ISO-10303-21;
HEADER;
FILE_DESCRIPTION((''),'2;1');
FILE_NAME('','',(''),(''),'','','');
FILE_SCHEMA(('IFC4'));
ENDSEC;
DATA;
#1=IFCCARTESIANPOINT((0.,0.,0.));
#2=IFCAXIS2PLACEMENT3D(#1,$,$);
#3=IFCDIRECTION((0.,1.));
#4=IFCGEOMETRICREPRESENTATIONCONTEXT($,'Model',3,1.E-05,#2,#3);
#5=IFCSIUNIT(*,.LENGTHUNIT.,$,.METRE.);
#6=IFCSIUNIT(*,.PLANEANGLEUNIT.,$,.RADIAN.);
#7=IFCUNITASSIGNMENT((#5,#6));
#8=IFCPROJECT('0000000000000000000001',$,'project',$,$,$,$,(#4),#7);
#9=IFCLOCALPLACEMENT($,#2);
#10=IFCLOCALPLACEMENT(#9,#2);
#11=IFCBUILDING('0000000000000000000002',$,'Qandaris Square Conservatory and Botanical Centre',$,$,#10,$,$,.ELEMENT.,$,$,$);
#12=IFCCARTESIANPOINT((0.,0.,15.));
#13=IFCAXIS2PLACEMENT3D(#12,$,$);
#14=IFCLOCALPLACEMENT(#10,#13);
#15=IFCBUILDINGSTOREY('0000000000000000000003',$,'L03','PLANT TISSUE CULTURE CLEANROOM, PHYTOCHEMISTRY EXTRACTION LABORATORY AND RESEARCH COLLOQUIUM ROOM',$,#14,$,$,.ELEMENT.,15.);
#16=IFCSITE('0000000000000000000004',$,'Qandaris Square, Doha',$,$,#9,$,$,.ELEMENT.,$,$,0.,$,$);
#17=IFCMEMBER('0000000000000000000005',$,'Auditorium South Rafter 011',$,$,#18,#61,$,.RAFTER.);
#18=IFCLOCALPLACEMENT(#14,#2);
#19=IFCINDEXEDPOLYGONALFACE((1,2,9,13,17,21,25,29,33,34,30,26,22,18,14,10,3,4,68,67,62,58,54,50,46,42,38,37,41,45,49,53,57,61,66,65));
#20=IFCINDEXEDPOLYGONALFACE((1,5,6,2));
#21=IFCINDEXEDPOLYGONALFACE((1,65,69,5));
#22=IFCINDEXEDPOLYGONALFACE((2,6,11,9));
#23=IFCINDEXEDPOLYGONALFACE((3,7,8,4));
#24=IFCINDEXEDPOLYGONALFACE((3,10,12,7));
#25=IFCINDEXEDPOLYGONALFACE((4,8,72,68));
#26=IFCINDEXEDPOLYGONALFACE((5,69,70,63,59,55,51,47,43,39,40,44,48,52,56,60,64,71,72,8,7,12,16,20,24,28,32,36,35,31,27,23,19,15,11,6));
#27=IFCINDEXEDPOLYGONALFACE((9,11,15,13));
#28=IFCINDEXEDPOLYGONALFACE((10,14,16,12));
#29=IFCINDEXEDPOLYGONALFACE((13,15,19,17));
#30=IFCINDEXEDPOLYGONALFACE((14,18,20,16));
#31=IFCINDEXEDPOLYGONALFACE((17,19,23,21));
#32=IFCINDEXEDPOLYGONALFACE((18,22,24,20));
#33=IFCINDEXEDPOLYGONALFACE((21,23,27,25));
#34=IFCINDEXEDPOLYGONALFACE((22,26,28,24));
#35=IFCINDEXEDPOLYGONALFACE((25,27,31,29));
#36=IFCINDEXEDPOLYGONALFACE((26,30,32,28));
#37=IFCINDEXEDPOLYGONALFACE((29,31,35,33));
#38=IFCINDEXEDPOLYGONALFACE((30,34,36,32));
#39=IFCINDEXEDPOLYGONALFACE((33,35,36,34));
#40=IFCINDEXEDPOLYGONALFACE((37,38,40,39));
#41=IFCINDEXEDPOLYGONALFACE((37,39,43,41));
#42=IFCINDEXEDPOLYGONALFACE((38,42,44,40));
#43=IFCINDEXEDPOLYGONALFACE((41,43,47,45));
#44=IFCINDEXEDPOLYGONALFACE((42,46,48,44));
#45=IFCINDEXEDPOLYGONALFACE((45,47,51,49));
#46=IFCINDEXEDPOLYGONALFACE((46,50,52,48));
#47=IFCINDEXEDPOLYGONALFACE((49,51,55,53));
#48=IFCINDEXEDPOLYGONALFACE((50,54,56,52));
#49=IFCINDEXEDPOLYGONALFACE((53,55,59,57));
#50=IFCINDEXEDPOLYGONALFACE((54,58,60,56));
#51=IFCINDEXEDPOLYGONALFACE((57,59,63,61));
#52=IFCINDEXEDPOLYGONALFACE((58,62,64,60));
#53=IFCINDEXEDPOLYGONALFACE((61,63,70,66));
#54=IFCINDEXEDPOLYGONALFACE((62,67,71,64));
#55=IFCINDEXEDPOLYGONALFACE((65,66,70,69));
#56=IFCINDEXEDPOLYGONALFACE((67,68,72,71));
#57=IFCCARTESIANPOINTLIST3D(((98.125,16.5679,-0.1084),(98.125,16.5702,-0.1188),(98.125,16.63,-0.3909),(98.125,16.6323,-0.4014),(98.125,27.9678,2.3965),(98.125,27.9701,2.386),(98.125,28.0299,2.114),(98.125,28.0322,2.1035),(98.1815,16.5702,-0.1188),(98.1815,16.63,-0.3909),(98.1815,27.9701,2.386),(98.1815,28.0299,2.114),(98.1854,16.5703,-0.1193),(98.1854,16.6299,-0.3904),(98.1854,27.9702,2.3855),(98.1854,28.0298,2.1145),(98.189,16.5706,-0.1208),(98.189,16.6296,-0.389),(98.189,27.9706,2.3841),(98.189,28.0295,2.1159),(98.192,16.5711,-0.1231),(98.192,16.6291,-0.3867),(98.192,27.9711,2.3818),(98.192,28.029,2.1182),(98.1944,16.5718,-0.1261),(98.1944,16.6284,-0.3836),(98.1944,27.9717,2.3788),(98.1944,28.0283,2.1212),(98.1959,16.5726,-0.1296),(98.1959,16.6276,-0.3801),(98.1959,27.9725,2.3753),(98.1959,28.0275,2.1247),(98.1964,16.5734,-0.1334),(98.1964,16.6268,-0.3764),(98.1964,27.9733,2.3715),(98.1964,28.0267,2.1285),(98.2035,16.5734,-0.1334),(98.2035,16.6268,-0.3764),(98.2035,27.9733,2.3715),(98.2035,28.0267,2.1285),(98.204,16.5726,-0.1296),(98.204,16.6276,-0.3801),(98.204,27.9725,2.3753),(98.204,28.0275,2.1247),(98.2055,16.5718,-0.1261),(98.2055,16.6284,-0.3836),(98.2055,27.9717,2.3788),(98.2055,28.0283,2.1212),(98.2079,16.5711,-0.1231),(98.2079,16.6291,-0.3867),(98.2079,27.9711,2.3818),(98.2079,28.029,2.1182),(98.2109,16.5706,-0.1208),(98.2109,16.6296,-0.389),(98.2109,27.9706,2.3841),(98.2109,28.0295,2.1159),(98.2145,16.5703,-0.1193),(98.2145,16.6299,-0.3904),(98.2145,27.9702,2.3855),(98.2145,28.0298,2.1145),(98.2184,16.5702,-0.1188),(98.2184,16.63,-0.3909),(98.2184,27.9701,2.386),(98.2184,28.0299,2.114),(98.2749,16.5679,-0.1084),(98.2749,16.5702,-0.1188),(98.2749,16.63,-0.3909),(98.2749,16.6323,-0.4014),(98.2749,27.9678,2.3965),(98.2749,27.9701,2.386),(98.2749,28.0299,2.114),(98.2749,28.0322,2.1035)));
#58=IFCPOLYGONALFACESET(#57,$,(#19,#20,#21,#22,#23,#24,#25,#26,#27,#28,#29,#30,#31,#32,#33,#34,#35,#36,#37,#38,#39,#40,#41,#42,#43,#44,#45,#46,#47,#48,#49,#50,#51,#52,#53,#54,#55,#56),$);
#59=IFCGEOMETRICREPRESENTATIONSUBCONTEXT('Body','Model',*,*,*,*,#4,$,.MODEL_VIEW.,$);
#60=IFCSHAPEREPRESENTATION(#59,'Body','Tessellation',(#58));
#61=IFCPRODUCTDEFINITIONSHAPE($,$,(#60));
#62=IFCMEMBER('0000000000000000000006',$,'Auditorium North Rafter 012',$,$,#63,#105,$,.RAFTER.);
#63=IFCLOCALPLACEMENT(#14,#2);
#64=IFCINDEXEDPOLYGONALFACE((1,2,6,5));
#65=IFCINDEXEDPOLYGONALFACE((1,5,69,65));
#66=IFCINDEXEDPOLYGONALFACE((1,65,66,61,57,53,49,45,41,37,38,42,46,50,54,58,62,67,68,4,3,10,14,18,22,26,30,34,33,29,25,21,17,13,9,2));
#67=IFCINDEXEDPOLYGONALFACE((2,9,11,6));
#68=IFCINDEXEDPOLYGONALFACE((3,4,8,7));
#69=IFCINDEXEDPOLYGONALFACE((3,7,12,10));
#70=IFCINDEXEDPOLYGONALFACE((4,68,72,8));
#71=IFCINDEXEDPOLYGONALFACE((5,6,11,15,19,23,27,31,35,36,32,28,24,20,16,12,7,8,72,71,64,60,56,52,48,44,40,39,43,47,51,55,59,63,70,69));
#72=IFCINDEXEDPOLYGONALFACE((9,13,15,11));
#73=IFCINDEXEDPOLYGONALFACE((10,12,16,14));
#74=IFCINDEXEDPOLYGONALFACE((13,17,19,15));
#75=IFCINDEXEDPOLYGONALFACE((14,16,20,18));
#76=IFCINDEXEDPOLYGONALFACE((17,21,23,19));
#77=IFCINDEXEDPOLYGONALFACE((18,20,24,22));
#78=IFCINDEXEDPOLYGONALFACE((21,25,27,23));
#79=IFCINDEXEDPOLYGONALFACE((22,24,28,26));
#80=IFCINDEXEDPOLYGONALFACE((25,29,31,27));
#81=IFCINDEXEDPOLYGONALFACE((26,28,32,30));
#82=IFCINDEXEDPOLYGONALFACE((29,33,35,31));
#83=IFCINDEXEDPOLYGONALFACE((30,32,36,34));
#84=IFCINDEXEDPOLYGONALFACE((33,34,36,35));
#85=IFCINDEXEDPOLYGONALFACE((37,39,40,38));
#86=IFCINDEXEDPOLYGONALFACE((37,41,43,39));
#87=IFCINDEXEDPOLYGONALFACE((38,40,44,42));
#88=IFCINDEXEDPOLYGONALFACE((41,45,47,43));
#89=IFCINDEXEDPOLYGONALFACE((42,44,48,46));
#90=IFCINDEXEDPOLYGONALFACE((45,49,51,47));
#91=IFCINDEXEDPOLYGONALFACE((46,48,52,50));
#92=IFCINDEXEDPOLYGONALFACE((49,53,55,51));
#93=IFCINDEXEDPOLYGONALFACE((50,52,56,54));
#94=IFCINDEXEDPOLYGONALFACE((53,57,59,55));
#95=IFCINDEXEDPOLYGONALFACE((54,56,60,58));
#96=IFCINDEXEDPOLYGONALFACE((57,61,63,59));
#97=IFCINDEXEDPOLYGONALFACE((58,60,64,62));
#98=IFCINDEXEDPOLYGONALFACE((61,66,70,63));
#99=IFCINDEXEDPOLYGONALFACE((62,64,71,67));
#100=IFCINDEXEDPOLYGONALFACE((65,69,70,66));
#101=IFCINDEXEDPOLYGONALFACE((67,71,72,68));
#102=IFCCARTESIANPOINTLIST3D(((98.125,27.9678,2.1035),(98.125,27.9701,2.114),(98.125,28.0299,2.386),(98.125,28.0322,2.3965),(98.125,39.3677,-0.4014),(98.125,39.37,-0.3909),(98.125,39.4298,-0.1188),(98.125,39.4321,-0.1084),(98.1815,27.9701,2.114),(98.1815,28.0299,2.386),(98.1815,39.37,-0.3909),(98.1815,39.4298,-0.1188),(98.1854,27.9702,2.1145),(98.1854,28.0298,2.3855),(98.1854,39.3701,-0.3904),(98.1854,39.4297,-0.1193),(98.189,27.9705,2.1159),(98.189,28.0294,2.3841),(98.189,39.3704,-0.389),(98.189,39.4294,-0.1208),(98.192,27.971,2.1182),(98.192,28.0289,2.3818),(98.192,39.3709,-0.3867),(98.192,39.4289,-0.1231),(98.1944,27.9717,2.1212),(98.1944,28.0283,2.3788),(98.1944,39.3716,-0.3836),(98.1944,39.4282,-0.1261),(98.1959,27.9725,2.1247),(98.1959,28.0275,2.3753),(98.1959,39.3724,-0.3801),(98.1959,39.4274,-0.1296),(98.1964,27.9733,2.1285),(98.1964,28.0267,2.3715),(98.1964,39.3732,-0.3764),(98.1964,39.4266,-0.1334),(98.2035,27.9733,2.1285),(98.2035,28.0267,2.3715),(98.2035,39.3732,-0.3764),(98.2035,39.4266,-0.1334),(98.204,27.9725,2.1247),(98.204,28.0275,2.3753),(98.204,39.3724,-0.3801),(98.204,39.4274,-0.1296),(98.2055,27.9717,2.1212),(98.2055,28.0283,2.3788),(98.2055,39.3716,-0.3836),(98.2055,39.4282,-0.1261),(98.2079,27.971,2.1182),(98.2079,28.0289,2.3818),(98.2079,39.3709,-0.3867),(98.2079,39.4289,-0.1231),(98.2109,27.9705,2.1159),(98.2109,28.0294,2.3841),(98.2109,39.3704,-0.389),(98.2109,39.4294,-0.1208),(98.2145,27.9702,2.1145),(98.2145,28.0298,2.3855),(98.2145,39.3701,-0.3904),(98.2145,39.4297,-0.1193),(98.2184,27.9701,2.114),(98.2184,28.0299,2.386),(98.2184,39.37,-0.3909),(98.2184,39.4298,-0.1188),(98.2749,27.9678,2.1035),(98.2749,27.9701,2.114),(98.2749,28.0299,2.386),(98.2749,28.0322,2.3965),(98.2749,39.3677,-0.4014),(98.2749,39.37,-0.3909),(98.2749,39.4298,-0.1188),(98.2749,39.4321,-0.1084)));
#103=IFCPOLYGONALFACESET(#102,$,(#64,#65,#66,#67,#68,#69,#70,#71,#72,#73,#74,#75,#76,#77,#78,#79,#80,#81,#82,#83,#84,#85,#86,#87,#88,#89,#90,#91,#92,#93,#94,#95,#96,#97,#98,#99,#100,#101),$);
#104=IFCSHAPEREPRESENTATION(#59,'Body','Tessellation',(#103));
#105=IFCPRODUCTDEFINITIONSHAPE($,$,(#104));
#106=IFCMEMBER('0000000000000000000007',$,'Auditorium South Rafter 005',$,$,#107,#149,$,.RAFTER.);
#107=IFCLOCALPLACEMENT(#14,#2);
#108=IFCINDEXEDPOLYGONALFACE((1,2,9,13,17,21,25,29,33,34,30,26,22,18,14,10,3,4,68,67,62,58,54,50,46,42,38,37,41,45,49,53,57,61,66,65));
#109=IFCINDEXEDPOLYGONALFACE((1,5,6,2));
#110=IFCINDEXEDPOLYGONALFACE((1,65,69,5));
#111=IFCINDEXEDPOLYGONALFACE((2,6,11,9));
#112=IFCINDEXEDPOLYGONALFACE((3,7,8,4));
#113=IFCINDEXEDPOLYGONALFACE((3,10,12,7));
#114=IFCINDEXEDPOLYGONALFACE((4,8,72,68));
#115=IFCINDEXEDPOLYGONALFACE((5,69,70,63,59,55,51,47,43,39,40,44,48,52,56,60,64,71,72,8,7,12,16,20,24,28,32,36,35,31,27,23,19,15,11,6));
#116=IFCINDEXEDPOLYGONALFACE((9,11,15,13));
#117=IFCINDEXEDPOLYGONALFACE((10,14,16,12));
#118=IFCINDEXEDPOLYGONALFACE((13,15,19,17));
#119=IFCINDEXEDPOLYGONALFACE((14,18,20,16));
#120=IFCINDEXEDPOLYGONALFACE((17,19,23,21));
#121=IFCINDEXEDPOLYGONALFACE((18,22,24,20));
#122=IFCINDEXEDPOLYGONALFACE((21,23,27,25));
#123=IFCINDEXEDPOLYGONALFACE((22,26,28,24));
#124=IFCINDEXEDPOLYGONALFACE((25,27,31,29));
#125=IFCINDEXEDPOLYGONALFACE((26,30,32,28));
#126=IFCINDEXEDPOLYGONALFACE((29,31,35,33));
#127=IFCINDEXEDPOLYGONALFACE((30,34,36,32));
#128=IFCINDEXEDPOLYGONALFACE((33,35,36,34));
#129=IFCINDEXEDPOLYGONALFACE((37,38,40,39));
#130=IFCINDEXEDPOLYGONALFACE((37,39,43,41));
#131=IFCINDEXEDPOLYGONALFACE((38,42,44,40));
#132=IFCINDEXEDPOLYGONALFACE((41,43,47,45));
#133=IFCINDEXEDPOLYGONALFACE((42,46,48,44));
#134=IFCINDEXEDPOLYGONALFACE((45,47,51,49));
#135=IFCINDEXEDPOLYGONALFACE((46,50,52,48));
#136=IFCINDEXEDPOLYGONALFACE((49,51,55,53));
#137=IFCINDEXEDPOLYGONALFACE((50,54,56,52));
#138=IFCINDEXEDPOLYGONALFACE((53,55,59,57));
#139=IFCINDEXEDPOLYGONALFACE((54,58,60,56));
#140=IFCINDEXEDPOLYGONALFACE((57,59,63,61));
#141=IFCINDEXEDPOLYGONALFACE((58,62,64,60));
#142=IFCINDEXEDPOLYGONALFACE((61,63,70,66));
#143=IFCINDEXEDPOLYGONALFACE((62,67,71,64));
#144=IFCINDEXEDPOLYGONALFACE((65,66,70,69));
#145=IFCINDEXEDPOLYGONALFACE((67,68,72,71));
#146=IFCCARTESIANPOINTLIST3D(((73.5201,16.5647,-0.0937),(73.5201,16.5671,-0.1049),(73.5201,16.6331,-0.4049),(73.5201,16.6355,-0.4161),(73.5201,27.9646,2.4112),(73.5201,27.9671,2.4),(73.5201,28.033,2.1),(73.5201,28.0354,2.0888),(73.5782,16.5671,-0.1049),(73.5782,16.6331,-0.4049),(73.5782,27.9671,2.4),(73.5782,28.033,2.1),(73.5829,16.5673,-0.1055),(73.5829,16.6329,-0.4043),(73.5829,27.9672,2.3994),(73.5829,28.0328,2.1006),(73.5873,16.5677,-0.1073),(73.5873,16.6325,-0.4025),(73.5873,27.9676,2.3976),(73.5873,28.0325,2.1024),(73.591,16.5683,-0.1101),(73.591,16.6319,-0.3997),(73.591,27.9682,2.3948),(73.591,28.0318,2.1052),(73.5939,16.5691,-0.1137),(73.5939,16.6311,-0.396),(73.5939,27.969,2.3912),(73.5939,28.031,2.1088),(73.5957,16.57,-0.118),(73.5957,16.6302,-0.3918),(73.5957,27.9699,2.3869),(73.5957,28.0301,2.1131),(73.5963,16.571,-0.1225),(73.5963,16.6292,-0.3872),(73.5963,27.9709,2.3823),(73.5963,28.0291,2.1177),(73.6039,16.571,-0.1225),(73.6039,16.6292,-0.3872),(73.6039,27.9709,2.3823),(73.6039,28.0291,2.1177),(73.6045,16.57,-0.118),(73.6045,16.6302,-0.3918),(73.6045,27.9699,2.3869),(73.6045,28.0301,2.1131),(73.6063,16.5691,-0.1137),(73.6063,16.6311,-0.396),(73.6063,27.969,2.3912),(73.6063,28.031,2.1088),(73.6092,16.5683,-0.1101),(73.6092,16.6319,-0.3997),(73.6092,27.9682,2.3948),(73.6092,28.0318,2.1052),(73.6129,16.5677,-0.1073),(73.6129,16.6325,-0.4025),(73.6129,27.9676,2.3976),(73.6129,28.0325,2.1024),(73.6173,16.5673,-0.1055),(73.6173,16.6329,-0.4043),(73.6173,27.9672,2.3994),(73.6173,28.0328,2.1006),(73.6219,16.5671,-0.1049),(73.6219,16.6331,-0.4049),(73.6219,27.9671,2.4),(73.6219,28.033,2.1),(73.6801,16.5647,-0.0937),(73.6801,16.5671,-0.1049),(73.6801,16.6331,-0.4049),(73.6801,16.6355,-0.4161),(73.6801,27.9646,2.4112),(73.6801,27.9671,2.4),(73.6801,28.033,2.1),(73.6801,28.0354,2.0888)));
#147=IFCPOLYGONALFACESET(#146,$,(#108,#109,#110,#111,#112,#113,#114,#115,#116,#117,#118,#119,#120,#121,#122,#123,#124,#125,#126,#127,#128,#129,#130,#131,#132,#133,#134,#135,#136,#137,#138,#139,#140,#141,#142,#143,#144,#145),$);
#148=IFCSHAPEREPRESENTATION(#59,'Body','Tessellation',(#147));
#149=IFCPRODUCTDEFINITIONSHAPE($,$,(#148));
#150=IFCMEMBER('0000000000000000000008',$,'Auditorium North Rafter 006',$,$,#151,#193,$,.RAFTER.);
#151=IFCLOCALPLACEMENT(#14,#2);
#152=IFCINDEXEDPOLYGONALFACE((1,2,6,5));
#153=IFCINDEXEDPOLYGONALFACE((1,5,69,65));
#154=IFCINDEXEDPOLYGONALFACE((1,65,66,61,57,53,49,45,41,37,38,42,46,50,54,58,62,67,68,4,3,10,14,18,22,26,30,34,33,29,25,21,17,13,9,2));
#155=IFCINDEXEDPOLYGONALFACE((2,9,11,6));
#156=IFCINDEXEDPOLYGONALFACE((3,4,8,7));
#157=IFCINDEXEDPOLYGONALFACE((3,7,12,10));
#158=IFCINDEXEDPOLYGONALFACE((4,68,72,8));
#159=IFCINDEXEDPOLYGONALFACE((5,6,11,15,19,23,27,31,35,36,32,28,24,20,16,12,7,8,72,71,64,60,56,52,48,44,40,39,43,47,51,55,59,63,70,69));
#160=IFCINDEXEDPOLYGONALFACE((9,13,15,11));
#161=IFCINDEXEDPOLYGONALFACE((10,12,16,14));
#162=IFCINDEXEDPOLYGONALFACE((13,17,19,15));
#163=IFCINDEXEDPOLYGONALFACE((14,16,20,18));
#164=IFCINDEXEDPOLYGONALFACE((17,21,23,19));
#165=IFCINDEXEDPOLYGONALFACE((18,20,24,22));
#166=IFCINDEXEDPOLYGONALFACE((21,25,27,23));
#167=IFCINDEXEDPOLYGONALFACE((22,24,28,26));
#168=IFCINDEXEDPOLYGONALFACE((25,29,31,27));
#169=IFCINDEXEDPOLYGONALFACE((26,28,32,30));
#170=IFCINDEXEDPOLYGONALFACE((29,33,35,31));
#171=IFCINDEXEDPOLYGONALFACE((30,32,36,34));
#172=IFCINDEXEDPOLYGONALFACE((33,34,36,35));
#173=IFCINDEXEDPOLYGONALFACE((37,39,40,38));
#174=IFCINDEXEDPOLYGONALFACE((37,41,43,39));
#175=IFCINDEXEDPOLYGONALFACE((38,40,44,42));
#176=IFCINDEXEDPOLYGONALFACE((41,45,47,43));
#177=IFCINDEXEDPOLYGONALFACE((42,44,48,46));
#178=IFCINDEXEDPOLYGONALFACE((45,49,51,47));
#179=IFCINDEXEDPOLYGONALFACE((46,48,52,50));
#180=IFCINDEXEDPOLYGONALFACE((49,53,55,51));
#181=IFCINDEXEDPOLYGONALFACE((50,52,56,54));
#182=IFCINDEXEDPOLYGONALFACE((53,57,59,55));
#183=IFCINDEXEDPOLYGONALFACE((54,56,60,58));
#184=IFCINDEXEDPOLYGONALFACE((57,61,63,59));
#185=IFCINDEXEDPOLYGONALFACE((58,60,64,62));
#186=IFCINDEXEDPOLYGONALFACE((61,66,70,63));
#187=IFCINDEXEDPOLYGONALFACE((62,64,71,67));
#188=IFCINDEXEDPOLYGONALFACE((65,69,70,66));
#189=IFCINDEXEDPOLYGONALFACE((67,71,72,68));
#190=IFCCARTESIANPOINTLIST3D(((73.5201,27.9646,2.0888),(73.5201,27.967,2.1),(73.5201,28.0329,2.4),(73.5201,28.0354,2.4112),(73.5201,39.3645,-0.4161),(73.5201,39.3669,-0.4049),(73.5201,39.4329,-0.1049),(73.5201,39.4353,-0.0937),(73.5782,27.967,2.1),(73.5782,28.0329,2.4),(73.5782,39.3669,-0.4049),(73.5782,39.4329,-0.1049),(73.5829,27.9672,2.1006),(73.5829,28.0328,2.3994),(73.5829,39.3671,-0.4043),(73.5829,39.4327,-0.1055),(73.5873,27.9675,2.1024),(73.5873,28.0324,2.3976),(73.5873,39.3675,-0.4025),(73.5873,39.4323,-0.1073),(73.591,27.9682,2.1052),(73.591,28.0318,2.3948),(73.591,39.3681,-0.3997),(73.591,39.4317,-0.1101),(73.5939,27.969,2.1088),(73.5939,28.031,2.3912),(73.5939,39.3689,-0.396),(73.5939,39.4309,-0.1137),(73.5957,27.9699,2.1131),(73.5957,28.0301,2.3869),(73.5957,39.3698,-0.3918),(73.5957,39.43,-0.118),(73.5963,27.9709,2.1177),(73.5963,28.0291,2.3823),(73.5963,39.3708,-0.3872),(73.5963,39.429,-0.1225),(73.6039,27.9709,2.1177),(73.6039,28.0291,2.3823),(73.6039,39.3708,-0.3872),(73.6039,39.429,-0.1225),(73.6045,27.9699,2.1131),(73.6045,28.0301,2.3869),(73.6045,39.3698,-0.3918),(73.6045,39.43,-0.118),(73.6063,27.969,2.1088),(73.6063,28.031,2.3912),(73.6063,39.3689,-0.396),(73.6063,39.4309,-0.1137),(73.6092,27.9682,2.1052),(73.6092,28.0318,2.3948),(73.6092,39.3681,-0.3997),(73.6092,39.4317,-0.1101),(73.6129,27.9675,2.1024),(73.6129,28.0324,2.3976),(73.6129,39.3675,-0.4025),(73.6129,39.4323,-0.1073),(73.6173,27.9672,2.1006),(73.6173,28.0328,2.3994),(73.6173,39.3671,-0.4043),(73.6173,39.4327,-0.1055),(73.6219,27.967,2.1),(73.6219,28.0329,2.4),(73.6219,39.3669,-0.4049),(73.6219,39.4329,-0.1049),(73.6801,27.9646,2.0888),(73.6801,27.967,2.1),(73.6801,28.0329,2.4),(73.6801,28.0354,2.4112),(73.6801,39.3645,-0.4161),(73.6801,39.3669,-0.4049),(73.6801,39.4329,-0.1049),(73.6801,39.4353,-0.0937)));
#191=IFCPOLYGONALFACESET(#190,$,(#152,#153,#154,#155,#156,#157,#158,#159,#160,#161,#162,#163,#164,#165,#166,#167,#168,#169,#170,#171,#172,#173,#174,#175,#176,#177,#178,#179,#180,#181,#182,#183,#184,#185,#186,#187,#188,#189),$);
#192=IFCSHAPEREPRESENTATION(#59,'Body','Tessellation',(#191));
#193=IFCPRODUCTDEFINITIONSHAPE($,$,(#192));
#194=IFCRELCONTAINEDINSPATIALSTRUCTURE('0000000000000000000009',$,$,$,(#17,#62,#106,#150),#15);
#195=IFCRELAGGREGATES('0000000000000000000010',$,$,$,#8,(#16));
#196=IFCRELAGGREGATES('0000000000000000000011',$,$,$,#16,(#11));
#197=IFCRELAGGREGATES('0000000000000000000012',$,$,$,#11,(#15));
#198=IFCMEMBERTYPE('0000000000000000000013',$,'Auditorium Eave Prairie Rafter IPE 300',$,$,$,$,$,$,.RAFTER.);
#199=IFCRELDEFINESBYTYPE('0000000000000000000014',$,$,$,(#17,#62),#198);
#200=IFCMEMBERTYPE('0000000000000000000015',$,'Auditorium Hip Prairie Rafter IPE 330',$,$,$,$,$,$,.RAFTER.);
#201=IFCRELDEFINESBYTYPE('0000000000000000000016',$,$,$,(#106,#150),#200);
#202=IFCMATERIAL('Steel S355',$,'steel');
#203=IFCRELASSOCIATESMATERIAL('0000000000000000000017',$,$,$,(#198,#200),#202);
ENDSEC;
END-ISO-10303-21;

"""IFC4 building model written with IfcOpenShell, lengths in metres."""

from ifc_helpers import new_model, si_unit, direction, frame, origin, origin_2d, place, context, subcontext, project, spatial, i_section, extrude, material, material_profile, profile_set, type_object, element, save


model = new_model("IFC4")

# Units and contexts
model_context = context("Model", 3, precision=1e-05, world=origin(), true_north=direction((0.0, 1.0)))
body_context = subcontext(model_context, "Body", "Model", "MODEL_VIEW")
ifc_project = project(units=[si_unit("LENGTHUNIT", "METRE"), si_unit("PLANEANGLEUNIT", "RADIAN")], contexts=[model_context])

# Site, building, storey
site_placement = place(None, origin())
site = spatial("IfcSite", under=ifc_project, at=site_placement, Name="Qandaris Square, Doha", CompositionType="ELEMENT", RefElevation=0.0)
building_placement = place(site_placement, origin())
building = spatial("IfcBuilding", under=site, at=building_placement, Name="Qandaris Square Conservatory and Botanical Centre", CompositionType="ELEMENT")
storey_placement = place(building_placement, frame((0.0, 0.0, 15.0)))
storey = spatial("IfcBuildingStorey", under=building, at=storey_placement, Name="L03", Description="PLANT TISSUE CULTURE CLEANROOM, PHYTOCHEMISTRY EXTRACTION LABORATORY AND RESEARCH COLLOQUIUM ROOM", CompositionType="ELEMENT", Elevation=15.0)

# Members
ifc_material_1 = material(Name="Steel S355", Category="steel")
ifc_material_profile_1 = material_profile(ifc_material_1, i_section(OverallWidth=0.1499, OverallDepth=0.3, WebThickness=0.0071, FlangeThickness=0.0107, FilletRadius=0.0149, at=origin_2d()), Name="IPE 300")
ifc_profile_set_1 = profile_set([ifc_material_profile_1], Name="Steel S355")
member_type_1 = type_object("IfcMemberType", Name="Auditorium Eave Prairie Rafter IPE 300", PredefinedType="RAFTER", material=ifc_profile_set_1)
for number, where, z_axis, x_axis, name in (
    (1, (98.2, 16.6001, -0.2549), (0.0, 0.9767, 0.214609), (-1.0, 0.0, 0.0), "Auditorium South Rafter 011"),
    (2, (98.2, 39.3999, -0.2549), (0.0, -0.9767, 0.214609), (1.0, 0.0, 0.0), "Auditorium North Rafter 012"),
):
    element("IfcMember", number, at=place(storey_placement, frame(where, z_axis=z_axis, x_axis=x_axis)), inside=storey, type_object=member_type_1, Name=name, PredefinedType="RAFTER", context=body_context, shape_type="SweptSolid", body=[
        extrude(i_section(OverallWidth=0.1499, OverallDepth=0.3, WebThickness=0.0071, FlangeThickness=0.0107, FilletRadius=0.0149, at=origin_2d()), origin(), (0.0, 0.0, 1.0), 11.6719),
    ])
ifc_material_profile_2 = material_profile(ifc_material_1, i_section(OverallWidth=0.1599, OverallDepth=0.3301, WebThickness=0.0076, FlangeThickness=0.0115, FilletRadius=0.0181, at=origin_2d()), Name="IPE 330")
ifc_profile_set_2 = profile_set([ifc_material_profile_2], Name="Steel S355")
member_type_2 = type_object("IfcMemberType", Name="Auditorium Hip Prairie Rafter IPE 330", PredefinedType="RAFTER", material=ifc_profile_set_2)
for number, where, z_axis, x_axis, name in (
    (3, (73.6001, 16.6001, -0.2549), (0.0, 0.9767, 0.214609), (-1.0, 0.0, 0.0), "Auditorium South Rafter 005"),
    (4, (73.6001, 39.3999, -0.2549), (0.0, -0.9767, 0.214609), (1.0, 0.0, 0.0), "Auditorium North Rafter 006"),
):
    element("IfcMember", number, at=place(storey_placement, frame(where, z_axis=z_axis, x_axis=x_axis)), inside=storey, type_object=member_type_2, Name=name, PredefinedType="RAFTER", context=body_context, shape_type="SweptSolid", body=[
        extrude(i_section(OverallWidth=0.1599, OverallDepth=0.3301, WebThickness=0.0076, FlangeThickness=0.0115, FilletRadius=0.0181, at=origin_2d()), origin(), (0.0, 0.0, 1.0), 11.6719),
    ])

save(model, "model.ifc")
